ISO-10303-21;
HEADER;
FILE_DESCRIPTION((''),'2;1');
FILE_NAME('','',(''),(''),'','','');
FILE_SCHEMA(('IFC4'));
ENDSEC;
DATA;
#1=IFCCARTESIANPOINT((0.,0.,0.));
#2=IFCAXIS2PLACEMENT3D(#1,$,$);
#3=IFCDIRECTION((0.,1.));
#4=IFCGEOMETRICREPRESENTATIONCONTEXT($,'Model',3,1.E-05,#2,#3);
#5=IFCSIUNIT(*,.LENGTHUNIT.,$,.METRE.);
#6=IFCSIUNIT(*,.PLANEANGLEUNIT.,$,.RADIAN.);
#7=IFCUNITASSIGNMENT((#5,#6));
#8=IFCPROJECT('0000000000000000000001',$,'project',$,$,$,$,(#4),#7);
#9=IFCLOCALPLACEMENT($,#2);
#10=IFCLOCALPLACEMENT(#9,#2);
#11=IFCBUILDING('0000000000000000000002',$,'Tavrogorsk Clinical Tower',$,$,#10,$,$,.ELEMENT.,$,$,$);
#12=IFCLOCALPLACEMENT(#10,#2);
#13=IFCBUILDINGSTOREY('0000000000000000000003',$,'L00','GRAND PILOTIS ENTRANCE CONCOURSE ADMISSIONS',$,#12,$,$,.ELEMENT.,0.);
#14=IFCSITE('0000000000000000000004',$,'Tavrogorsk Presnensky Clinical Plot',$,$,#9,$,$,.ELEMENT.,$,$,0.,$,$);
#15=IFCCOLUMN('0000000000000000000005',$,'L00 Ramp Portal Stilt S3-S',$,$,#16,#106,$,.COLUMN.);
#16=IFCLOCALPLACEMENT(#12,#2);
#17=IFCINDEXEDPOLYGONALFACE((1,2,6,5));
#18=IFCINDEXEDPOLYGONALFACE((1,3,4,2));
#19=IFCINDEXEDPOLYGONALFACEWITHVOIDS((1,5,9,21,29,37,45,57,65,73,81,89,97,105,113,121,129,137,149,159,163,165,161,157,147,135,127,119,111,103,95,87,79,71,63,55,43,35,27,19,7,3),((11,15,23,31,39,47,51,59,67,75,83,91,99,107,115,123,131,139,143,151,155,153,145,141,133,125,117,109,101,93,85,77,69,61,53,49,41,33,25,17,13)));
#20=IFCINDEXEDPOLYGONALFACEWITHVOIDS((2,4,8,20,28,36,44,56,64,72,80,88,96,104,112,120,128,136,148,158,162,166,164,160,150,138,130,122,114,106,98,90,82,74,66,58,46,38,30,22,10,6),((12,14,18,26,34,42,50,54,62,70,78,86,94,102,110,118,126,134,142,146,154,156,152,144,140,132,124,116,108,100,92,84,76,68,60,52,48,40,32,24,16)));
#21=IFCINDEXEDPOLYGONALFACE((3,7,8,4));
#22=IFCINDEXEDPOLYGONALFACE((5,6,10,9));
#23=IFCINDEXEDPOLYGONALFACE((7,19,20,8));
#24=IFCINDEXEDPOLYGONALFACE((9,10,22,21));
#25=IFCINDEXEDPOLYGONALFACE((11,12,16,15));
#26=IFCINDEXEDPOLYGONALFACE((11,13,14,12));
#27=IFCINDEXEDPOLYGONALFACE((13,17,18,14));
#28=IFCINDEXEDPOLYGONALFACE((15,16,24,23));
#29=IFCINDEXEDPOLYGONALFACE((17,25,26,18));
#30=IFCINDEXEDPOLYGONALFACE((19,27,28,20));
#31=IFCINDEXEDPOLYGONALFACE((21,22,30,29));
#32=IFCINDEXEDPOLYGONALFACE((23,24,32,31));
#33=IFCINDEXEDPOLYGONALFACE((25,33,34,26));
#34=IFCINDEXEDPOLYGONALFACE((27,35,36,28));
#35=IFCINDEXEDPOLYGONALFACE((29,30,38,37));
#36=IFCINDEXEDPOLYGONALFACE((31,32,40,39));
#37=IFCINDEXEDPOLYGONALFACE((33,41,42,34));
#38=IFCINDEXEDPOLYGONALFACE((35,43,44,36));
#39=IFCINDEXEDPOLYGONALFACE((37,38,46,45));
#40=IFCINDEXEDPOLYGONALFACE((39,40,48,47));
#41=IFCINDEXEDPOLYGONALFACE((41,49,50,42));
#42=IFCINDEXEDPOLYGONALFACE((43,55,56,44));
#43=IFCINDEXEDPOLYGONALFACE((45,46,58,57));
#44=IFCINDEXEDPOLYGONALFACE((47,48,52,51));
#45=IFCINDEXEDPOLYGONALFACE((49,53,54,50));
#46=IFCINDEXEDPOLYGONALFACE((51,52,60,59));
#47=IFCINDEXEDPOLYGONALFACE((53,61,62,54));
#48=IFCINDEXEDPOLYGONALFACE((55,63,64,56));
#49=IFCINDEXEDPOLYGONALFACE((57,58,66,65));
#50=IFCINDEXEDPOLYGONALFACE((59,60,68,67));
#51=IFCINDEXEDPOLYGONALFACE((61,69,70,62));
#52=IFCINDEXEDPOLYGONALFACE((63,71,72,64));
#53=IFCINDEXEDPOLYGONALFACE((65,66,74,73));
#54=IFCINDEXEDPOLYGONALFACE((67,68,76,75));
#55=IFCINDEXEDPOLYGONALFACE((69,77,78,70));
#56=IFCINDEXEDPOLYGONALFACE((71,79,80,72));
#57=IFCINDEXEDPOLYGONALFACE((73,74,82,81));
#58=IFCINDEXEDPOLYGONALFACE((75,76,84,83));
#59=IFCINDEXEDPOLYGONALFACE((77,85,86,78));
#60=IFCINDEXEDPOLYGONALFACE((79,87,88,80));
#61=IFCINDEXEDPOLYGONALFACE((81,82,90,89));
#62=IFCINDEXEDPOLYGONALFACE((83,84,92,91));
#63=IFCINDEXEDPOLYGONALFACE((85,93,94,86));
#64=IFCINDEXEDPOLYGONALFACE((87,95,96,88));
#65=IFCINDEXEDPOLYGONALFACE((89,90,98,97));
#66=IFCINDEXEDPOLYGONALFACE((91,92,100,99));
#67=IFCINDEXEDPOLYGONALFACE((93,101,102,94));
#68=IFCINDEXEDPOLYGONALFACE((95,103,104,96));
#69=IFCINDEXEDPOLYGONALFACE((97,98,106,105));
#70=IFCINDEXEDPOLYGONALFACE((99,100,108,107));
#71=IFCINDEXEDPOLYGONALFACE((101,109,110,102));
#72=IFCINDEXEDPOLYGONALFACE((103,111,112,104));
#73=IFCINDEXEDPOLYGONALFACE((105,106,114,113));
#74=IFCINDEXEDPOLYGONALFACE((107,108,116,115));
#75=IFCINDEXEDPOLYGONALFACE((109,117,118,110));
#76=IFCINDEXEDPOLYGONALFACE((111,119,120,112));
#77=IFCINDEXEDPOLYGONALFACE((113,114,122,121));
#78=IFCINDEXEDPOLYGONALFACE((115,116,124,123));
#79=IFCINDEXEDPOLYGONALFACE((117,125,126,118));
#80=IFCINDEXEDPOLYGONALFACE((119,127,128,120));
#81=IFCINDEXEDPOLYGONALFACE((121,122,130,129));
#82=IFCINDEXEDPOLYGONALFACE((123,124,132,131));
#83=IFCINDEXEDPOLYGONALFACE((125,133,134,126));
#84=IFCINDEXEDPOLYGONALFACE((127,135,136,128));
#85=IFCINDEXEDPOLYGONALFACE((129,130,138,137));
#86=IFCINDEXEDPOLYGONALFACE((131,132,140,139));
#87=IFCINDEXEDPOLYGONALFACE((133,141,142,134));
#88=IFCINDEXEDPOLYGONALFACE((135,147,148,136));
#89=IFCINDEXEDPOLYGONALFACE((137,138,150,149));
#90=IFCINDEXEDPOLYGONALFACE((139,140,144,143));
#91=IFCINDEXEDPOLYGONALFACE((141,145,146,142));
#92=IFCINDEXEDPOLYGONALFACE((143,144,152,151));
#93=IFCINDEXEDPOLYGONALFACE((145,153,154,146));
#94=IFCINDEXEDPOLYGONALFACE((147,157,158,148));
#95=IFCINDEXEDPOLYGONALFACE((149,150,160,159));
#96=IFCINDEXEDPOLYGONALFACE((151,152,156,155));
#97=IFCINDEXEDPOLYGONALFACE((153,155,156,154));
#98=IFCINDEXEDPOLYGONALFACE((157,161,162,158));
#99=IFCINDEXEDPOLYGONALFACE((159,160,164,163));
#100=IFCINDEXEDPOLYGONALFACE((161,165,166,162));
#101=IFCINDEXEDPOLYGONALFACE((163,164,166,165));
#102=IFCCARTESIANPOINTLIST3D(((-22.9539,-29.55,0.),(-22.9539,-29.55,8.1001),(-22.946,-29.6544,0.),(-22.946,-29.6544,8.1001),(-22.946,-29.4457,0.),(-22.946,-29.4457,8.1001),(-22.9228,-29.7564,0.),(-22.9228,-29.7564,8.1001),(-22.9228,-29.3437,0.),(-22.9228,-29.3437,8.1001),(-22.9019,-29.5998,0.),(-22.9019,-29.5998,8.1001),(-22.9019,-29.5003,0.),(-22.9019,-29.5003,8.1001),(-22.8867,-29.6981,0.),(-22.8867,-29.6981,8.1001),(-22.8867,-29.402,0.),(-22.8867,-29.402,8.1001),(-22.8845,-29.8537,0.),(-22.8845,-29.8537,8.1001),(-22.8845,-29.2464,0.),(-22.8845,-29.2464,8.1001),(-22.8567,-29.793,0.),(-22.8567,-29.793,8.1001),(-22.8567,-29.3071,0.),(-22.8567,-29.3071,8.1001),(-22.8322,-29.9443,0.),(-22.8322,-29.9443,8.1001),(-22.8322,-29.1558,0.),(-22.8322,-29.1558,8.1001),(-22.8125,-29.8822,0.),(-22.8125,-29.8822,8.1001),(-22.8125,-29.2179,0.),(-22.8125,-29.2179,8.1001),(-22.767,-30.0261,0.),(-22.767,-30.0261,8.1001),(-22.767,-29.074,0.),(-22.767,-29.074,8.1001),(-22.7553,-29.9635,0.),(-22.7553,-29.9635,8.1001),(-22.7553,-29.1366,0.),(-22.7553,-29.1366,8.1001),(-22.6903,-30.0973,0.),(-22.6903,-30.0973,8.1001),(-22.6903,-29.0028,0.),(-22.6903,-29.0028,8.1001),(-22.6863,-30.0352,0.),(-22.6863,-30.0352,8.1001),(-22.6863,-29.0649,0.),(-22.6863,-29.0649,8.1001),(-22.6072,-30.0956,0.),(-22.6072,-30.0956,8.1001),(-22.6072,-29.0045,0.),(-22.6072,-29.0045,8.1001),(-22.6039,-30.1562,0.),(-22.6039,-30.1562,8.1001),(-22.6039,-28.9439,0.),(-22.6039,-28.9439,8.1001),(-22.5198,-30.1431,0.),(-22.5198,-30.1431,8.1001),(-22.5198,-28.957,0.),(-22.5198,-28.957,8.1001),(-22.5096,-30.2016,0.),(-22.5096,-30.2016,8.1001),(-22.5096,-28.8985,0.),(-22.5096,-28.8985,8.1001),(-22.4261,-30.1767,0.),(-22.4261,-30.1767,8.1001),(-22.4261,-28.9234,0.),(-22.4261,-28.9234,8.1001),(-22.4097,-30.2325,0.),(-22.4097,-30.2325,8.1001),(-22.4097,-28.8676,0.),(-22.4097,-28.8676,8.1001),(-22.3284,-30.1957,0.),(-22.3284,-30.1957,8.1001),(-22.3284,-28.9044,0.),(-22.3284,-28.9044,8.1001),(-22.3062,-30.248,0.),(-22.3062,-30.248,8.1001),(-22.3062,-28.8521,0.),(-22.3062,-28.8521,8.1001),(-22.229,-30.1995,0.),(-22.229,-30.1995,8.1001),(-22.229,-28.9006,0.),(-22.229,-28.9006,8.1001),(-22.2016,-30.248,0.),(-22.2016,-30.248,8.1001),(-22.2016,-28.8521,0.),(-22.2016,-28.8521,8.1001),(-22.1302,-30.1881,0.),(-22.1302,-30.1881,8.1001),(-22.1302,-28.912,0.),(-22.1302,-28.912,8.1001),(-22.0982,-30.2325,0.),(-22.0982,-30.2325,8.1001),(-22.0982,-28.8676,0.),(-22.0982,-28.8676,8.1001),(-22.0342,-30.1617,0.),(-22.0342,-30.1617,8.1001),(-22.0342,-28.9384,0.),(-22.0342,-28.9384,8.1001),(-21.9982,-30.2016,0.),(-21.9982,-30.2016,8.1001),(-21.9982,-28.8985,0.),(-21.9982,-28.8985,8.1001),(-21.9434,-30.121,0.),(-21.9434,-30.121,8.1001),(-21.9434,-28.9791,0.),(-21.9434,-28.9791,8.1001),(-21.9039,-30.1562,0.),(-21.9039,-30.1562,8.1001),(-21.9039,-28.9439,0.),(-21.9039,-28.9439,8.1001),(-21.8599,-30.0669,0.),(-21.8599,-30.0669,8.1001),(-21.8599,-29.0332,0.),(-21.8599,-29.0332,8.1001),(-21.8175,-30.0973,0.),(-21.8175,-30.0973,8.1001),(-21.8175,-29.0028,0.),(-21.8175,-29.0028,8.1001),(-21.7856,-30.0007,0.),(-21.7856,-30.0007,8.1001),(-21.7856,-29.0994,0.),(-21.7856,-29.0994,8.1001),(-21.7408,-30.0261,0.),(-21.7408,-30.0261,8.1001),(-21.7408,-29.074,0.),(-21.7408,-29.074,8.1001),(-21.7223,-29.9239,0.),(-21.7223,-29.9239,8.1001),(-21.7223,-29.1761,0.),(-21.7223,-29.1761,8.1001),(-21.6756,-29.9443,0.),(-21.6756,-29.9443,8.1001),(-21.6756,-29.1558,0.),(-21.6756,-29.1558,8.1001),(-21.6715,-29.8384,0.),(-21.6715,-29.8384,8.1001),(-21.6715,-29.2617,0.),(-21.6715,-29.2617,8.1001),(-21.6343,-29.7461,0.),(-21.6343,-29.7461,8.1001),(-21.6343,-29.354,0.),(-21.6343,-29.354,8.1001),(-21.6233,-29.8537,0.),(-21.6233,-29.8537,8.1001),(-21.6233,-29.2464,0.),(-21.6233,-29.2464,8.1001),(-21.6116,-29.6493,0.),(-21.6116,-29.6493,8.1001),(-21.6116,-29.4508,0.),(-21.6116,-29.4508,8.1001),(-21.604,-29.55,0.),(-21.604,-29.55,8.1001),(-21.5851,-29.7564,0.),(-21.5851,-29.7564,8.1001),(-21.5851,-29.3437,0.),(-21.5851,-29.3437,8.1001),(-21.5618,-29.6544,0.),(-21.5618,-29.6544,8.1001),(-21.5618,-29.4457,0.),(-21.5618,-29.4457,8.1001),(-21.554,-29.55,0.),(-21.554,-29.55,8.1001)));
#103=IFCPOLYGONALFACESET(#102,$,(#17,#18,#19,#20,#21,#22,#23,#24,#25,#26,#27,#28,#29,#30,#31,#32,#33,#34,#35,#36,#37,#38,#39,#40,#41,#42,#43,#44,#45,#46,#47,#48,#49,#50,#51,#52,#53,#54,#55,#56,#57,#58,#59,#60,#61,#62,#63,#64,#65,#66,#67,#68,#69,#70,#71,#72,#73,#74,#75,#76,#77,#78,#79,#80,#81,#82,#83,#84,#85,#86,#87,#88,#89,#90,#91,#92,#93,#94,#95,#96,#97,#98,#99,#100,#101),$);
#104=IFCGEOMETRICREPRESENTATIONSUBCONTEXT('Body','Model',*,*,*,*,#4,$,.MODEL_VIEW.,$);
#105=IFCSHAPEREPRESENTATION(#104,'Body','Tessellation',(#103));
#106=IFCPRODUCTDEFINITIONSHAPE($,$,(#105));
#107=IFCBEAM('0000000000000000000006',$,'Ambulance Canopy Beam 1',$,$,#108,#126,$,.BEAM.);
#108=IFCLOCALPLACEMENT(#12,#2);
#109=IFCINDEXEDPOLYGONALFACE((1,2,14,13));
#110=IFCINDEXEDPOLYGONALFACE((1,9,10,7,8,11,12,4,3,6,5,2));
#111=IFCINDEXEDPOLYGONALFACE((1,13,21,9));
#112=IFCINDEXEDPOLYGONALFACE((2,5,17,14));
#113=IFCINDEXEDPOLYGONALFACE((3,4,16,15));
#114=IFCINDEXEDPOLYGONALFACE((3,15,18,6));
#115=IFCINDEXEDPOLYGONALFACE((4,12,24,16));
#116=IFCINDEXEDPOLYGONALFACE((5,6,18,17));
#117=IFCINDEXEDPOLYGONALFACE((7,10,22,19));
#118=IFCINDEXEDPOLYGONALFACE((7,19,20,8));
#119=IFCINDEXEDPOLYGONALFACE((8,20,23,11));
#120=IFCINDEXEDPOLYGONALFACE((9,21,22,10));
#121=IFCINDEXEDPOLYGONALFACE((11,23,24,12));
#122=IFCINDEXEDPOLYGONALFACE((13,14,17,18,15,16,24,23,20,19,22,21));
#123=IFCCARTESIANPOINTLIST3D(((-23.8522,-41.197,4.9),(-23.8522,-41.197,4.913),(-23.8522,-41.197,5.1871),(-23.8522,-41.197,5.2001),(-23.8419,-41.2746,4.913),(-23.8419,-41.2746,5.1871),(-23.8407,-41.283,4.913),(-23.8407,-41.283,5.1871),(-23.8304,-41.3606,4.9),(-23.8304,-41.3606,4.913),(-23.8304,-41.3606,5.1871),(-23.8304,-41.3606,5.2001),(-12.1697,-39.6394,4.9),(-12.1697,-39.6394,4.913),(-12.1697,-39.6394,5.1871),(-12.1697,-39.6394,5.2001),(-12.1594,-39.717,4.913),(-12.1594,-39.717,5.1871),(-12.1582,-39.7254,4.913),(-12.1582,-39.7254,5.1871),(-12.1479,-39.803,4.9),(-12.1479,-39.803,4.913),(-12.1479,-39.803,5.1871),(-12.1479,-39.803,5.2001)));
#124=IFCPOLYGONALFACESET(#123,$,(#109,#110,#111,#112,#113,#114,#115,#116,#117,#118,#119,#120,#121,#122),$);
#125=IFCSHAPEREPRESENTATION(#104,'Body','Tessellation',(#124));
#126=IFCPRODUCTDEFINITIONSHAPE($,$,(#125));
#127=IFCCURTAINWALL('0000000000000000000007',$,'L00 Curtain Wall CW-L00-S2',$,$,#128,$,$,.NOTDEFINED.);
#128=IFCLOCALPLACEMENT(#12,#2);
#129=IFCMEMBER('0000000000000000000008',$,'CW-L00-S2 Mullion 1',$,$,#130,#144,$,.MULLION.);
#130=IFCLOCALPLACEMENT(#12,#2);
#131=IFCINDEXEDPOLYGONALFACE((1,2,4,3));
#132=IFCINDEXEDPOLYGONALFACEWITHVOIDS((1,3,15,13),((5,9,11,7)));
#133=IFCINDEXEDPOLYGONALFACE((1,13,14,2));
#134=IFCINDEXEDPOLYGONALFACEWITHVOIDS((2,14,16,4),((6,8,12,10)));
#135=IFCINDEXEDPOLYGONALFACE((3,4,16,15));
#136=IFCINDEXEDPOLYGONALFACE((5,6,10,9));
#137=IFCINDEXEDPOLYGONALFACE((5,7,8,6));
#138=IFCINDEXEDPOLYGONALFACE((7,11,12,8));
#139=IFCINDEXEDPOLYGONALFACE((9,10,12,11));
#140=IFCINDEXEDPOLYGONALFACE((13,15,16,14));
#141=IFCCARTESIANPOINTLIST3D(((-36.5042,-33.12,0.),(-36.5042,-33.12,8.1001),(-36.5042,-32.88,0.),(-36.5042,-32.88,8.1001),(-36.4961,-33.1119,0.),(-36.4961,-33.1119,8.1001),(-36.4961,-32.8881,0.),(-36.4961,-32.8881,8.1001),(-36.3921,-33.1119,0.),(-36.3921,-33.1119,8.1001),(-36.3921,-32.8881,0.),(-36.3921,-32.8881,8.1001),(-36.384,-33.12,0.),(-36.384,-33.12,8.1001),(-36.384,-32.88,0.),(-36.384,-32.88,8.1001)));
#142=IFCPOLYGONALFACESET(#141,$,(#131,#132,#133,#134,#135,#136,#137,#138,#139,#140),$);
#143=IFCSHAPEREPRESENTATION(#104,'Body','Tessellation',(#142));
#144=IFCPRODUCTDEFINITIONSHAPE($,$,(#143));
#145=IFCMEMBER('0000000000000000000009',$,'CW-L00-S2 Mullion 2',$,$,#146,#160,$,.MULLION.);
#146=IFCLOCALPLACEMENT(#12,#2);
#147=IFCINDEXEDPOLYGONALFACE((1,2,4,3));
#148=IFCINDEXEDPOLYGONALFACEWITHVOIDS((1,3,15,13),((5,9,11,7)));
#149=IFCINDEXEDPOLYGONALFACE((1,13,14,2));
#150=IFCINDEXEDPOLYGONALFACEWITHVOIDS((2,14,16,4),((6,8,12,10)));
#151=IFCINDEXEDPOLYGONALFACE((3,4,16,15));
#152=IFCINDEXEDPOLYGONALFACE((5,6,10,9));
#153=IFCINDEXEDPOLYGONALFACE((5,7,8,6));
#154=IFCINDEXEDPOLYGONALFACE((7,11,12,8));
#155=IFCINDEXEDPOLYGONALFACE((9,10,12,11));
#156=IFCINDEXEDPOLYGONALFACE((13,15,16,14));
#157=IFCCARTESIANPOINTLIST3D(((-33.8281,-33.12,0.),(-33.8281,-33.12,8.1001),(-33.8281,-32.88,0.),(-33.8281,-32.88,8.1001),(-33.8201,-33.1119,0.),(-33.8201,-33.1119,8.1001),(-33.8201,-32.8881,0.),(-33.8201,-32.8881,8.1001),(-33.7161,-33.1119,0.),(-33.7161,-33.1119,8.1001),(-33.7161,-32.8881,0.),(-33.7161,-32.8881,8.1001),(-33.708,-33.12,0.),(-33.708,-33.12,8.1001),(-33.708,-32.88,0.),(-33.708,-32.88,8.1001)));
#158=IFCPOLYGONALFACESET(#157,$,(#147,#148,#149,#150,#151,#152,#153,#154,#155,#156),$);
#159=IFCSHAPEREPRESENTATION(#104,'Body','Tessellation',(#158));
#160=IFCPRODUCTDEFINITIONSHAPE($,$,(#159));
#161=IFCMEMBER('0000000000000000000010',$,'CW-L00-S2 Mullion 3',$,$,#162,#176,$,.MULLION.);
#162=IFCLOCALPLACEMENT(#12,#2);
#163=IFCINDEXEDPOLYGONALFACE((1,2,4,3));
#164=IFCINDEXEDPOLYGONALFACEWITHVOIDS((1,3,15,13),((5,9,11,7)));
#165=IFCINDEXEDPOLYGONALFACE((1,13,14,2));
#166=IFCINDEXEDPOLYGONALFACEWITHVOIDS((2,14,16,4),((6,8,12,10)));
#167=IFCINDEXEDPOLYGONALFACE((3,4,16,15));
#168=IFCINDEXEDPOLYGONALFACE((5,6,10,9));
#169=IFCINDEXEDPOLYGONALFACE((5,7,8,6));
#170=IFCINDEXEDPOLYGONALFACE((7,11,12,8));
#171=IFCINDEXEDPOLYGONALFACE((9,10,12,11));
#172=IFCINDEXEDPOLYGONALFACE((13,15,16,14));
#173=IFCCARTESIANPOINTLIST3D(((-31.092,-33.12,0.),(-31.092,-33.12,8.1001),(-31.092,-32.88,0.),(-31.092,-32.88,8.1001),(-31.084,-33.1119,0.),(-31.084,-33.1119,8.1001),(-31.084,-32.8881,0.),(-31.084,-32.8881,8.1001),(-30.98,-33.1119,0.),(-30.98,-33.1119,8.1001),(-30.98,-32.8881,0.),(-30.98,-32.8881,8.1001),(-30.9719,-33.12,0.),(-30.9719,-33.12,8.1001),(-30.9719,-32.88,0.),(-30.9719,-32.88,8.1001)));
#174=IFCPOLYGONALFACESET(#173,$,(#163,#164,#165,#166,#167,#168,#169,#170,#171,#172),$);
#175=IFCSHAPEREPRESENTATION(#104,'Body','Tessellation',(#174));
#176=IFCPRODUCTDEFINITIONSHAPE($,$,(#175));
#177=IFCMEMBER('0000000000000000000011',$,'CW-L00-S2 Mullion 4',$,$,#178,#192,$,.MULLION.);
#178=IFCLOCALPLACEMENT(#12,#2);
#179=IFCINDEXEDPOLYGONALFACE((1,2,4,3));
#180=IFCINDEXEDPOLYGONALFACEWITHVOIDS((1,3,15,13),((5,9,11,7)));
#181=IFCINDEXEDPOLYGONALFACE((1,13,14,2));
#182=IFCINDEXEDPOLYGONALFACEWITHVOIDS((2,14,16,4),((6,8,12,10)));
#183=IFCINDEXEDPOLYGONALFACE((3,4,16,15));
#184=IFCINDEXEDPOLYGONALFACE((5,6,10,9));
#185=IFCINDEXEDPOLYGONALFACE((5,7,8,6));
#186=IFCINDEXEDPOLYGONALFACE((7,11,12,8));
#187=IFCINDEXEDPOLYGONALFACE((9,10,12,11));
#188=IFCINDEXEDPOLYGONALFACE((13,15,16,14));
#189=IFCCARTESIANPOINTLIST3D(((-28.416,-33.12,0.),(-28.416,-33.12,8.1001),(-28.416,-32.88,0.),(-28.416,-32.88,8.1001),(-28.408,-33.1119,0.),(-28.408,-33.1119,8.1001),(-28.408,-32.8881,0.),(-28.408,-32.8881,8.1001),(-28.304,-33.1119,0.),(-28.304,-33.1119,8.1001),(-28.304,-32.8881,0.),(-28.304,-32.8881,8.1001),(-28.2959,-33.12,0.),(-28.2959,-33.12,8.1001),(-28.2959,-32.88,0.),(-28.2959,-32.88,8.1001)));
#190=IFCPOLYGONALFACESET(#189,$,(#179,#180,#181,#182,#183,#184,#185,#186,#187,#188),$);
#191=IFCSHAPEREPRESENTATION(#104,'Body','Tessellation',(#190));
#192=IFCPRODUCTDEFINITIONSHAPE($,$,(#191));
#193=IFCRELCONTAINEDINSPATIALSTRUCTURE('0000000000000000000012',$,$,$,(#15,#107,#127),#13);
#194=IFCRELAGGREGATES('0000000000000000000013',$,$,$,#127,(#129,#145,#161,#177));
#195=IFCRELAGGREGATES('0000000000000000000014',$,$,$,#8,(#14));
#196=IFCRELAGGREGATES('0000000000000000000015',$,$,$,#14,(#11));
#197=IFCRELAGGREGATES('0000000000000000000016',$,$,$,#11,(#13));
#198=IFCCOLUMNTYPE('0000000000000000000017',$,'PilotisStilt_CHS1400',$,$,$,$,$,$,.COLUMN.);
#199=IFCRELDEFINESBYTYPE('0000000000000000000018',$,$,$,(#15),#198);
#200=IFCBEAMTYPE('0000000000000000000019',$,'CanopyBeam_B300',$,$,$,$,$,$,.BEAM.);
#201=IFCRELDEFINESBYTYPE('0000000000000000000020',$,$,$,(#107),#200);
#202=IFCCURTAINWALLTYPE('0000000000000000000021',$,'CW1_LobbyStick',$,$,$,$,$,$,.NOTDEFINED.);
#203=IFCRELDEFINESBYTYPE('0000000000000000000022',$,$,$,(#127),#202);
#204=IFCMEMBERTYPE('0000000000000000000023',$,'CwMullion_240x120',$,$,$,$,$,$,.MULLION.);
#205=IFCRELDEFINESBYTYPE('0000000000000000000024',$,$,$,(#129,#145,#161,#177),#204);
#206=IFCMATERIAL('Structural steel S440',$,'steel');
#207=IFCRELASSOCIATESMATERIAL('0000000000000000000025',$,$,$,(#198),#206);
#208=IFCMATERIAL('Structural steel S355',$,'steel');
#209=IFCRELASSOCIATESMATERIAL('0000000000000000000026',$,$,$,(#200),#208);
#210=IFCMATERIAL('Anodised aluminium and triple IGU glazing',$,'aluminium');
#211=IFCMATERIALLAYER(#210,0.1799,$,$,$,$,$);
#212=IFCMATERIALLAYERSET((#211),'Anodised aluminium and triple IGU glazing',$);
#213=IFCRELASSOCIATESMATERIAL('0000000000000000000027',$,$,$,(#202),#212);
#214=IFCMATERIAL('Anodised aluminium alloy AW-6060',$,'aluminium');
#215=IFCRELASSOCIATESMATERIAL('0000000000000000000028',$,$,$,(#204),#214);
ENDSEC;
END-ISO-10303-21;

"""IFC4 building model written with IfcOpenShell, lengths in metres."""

from ifc_helpers import new_model, si_unit, direction, frame, origin, origin_2d, place, context, subcontext, project, spatial, hollow_rectangle, hollow_circle, i_section, extrude, material, layer, layer_set, material_profile, profile_set, type_object, element, aggregate, save


model = new_model("IFC4")

# Units and contexts
model_context = context("Model", 3, precision=1e-05, world=origin(), true_north=direction((0.0, 1.0)))
body_context = subcontext(model_context, "Body", "Model", "MODEL_VIEW")
ifc_project = project(units=[si_unit("LENGTHUNIT", "METRE"), si_unit("PLANEANGLEUNIT", "RADIAN")], contexts=[model_context])

# Site, building, storey
site_placement = place(None, origin())
site = spatial("IfcSite", under=ifc_project, at=site_placement, Name="Tavrogorsk Presnensky Clinical Plot", CompositionType="ELEMENT", RefElevation=0.0)
building_placement = place(site_placement, origin())
building = spatial("IfcBuilding", under=site, at=building_placement, Name="Tavrogorsk Clinical Tower", CompositionType="ELEMENT")
storey_placement = place(building_placement, origin())
storey = spatial("IfcBuildingStorey", under=building, at=storey_placement, Name="L00", Description="GRAND PILOTIS ENTRANCE CONCOURSE ADMISSIONS", CompositionType="ELEMENT", Elevation=0.0)

# Column
ifc_material_1 = material(Name="Structural steel S440", Category="steel")
ifc_material_profile_1 = material_profile(ifc_material_1, hollow_circle(Radius=0.7, WallThickness=0.05, at=origin_2d()), Name="CHS-1400x50")
ifc_profile_set_1 = profile_set([ifc_material_profile_1], Name="Structural steel S440")
column_type_1 = type_object("IfcColumnType", Name="PilotisStilt_CHS1400", PredefinedType="COLUMN", material=ifc_profile_set_1)
column_1_placement = place(storey_placement, frame((-22.2539, -29.55, 0.0), z_axis=(0.0, 0.0, 1.0), x_axis=(1.0, 0.0, 0.0)))
element("IfcColumn", 1, at=column_1_placement, inside=storey, type_object=column_type_1, Name="L00 Ramp Portal Stilt S3-S", PredefinedType="COLUMN", context=body_context, shape_type="SweptSolid", body=[
    extrude(hollow_circle(Radius=0.7, WallThickness=0.05, at=origin_2d()), origin(), (0.0, 0.0, 1.0), 8.1001),
])

# Beam
ifc_material_2 = material(Name="Structural steel S355", Category="steel")
ifc_material_profile_2 = material_profile(ifc_material_2, i_section(OverallWidth=0.165, OverallDepth=0.3, WebThickness=0.0085, FlangeThickness=0.0129, at=origin_2d()), Name="B-300x165x8.5x13")
ifc_profile_set_2 = profile_set([ifc_material_profile_2], Name="Structural steel S355")
beam_type_1 = type_object("IfcBeamType", Name="CanopyBeam_B300", PredefinedType="BEAM", material=ifc_profile_set_2)
beam_1_placement = place(storey_placement, frame((-23.8413, -41.2788, 5.05), z_axis=(0.991229, 0.132158, 0.0), x_axis=(-0.132158, 0.991229, 0.0)))
element("IfcBeam", 2, at=beam_1_placement, inside=storey, type_object=beam_type_1, Name="Ambulance Canopy Beam 1", PredefinedType="BEAM", context=body_context, shape_type="SweptSolid", body=[
    extrude(i_section(OverallWidth=0.165, OverallDepth=0.3, WebThickness=0.0085, FlangeThickness=0.0129, at=origin_2d()), origin(), (0.0, 0.0, 1.0), 11.7859),
])

# Curtain wall, members
ifc_material_3 = material(Name="Anodised aluminium and triple IGU glazing", Category="aluminium")
ifc_layer_1 = layer(ifc_material_3, 0.1799)
ifc_layer_set_1 = layer_set([ifc_layer_1], Name="Anodised aluminium and triple IGU glazing")
curtain_wall_type = type_object("IfcCurtainWallType", Name="CW1_LobbyStick", PredefinedType="NOTDEFINED", material=ifc_layer_set_1)
curtain_wall_placement = place(storey_placement, origin())
curtain_wall = element("IfcCurtainWall", 3, at=curtain_wall_placement, inside=storey, type_object=curtain_wall_type, Name="L00 Curtain Wall CW-L00-S2", PredefinedType="NOTDEFINED")
ifc_material_4 = material(Name="Anodised aluminium alloy AW-6060", Category="aluminium")
ifc_material_profile_3 = material_profile(ifc_material_4, hollow_rectangle(XDim=0.1201, YDim=0.24, WallThickness=0.0081, at=origin_2d()), Name="RHS-240x120x8")
ifc_profile_set_3 = profile_set([ifc_material_profile_3], Name="Anodised aluminium alloy AW-6060")
member_type_1 = type_object("IfcMemberType", Name="CwMullion_240x120", PredefinedType="MULLION", material=ifc_profile_set_3)
member_1_placement = place(storey_placement, frame((-36.4441, -33.0, 0.0), z_axis=(0.0, 0.0, 1.0), x_axis=(1.0, 0.0, 0.0)))
member_1 = element("IfcMember", 4, at=member_1_placement, type_object=member_type_1, Name="CW-L00-S2 Mullion 1", PredefinedType="MULLION", context=body_context, shape_type="SweptSolid", body=[
    extrude(hollow_rectangle(XDim=0.1201, YDim=0.24, WallThickness=0.0081, at=origin_2d()), origin(), (0.0, 0.0, 1.0), 8.1001),
])
member_2_placement = place(storey_placement, frame((-33.7681, -33.0, 0.0), z_axis=(0.0, 0.0, 1.0), x_axis=(1.0, 0.0, 0.0)))
member_2 = element("IfcMember", 5, at=member_2_placement, type_object=member_type_1, Name="CW-L00-S2 Mullion 2", PredefinedType="MULLION", context=body_context, shape_type="SweptSolid", body=[
    extrude(hollow_rectangle(XDim=0.1201, YDim=0.24, WallThickness=0.0081, at=origin_2d()), origin(), (0.0, 0.0, 1.0), 8.1001),
])
member_3_placement = place(storey_placement, frame((-31.032, -33.0, 0.0), z_axis=(0.0, 0.0, 1.0), x_axis=(1.0, 0.0, 0.0)))
member_3 = element("IfcMember", 6, at=member_3_placement, type_object=member_type_1, Name="CW-L00-S2 Mullion 3", PredefinedType="MULLION", context=body_context, shape_type="SweptSolid", body=[
    extrude(hollow_rectangle(XDim=0.1201, YDim=0.24, WallThickness=0.0081, at=origin_2d()), origin(), (0.0, 0.0, 1.0), 8.1001),
])
member_4_placement = place(storey_placement, frame((-28.356, -33.0, 0.0), z_axis=(0.0, 0.0, 1.0), x_axis=(1.0, 0.0, 0.0)))
member_4 = element("IfcMember", 7, at=member_4_placement, type_object=member_type_1, Name="CW-L00-S2 Mullion 4", PredefinedType="MULLION", context=body_context, shape_type="SweptSolid", body=[
    extrude(hollow_rectangle(XDim=0.1201, YDim=0.24, WallThickness=0.0081, at=origin_2d()), origin(), (0.0, 0.0, 1.0), 8.1001),
])

aggregate(curtain_wall, [member_1, member_2, member_3, member_4])

save(model, "model.ifc")
